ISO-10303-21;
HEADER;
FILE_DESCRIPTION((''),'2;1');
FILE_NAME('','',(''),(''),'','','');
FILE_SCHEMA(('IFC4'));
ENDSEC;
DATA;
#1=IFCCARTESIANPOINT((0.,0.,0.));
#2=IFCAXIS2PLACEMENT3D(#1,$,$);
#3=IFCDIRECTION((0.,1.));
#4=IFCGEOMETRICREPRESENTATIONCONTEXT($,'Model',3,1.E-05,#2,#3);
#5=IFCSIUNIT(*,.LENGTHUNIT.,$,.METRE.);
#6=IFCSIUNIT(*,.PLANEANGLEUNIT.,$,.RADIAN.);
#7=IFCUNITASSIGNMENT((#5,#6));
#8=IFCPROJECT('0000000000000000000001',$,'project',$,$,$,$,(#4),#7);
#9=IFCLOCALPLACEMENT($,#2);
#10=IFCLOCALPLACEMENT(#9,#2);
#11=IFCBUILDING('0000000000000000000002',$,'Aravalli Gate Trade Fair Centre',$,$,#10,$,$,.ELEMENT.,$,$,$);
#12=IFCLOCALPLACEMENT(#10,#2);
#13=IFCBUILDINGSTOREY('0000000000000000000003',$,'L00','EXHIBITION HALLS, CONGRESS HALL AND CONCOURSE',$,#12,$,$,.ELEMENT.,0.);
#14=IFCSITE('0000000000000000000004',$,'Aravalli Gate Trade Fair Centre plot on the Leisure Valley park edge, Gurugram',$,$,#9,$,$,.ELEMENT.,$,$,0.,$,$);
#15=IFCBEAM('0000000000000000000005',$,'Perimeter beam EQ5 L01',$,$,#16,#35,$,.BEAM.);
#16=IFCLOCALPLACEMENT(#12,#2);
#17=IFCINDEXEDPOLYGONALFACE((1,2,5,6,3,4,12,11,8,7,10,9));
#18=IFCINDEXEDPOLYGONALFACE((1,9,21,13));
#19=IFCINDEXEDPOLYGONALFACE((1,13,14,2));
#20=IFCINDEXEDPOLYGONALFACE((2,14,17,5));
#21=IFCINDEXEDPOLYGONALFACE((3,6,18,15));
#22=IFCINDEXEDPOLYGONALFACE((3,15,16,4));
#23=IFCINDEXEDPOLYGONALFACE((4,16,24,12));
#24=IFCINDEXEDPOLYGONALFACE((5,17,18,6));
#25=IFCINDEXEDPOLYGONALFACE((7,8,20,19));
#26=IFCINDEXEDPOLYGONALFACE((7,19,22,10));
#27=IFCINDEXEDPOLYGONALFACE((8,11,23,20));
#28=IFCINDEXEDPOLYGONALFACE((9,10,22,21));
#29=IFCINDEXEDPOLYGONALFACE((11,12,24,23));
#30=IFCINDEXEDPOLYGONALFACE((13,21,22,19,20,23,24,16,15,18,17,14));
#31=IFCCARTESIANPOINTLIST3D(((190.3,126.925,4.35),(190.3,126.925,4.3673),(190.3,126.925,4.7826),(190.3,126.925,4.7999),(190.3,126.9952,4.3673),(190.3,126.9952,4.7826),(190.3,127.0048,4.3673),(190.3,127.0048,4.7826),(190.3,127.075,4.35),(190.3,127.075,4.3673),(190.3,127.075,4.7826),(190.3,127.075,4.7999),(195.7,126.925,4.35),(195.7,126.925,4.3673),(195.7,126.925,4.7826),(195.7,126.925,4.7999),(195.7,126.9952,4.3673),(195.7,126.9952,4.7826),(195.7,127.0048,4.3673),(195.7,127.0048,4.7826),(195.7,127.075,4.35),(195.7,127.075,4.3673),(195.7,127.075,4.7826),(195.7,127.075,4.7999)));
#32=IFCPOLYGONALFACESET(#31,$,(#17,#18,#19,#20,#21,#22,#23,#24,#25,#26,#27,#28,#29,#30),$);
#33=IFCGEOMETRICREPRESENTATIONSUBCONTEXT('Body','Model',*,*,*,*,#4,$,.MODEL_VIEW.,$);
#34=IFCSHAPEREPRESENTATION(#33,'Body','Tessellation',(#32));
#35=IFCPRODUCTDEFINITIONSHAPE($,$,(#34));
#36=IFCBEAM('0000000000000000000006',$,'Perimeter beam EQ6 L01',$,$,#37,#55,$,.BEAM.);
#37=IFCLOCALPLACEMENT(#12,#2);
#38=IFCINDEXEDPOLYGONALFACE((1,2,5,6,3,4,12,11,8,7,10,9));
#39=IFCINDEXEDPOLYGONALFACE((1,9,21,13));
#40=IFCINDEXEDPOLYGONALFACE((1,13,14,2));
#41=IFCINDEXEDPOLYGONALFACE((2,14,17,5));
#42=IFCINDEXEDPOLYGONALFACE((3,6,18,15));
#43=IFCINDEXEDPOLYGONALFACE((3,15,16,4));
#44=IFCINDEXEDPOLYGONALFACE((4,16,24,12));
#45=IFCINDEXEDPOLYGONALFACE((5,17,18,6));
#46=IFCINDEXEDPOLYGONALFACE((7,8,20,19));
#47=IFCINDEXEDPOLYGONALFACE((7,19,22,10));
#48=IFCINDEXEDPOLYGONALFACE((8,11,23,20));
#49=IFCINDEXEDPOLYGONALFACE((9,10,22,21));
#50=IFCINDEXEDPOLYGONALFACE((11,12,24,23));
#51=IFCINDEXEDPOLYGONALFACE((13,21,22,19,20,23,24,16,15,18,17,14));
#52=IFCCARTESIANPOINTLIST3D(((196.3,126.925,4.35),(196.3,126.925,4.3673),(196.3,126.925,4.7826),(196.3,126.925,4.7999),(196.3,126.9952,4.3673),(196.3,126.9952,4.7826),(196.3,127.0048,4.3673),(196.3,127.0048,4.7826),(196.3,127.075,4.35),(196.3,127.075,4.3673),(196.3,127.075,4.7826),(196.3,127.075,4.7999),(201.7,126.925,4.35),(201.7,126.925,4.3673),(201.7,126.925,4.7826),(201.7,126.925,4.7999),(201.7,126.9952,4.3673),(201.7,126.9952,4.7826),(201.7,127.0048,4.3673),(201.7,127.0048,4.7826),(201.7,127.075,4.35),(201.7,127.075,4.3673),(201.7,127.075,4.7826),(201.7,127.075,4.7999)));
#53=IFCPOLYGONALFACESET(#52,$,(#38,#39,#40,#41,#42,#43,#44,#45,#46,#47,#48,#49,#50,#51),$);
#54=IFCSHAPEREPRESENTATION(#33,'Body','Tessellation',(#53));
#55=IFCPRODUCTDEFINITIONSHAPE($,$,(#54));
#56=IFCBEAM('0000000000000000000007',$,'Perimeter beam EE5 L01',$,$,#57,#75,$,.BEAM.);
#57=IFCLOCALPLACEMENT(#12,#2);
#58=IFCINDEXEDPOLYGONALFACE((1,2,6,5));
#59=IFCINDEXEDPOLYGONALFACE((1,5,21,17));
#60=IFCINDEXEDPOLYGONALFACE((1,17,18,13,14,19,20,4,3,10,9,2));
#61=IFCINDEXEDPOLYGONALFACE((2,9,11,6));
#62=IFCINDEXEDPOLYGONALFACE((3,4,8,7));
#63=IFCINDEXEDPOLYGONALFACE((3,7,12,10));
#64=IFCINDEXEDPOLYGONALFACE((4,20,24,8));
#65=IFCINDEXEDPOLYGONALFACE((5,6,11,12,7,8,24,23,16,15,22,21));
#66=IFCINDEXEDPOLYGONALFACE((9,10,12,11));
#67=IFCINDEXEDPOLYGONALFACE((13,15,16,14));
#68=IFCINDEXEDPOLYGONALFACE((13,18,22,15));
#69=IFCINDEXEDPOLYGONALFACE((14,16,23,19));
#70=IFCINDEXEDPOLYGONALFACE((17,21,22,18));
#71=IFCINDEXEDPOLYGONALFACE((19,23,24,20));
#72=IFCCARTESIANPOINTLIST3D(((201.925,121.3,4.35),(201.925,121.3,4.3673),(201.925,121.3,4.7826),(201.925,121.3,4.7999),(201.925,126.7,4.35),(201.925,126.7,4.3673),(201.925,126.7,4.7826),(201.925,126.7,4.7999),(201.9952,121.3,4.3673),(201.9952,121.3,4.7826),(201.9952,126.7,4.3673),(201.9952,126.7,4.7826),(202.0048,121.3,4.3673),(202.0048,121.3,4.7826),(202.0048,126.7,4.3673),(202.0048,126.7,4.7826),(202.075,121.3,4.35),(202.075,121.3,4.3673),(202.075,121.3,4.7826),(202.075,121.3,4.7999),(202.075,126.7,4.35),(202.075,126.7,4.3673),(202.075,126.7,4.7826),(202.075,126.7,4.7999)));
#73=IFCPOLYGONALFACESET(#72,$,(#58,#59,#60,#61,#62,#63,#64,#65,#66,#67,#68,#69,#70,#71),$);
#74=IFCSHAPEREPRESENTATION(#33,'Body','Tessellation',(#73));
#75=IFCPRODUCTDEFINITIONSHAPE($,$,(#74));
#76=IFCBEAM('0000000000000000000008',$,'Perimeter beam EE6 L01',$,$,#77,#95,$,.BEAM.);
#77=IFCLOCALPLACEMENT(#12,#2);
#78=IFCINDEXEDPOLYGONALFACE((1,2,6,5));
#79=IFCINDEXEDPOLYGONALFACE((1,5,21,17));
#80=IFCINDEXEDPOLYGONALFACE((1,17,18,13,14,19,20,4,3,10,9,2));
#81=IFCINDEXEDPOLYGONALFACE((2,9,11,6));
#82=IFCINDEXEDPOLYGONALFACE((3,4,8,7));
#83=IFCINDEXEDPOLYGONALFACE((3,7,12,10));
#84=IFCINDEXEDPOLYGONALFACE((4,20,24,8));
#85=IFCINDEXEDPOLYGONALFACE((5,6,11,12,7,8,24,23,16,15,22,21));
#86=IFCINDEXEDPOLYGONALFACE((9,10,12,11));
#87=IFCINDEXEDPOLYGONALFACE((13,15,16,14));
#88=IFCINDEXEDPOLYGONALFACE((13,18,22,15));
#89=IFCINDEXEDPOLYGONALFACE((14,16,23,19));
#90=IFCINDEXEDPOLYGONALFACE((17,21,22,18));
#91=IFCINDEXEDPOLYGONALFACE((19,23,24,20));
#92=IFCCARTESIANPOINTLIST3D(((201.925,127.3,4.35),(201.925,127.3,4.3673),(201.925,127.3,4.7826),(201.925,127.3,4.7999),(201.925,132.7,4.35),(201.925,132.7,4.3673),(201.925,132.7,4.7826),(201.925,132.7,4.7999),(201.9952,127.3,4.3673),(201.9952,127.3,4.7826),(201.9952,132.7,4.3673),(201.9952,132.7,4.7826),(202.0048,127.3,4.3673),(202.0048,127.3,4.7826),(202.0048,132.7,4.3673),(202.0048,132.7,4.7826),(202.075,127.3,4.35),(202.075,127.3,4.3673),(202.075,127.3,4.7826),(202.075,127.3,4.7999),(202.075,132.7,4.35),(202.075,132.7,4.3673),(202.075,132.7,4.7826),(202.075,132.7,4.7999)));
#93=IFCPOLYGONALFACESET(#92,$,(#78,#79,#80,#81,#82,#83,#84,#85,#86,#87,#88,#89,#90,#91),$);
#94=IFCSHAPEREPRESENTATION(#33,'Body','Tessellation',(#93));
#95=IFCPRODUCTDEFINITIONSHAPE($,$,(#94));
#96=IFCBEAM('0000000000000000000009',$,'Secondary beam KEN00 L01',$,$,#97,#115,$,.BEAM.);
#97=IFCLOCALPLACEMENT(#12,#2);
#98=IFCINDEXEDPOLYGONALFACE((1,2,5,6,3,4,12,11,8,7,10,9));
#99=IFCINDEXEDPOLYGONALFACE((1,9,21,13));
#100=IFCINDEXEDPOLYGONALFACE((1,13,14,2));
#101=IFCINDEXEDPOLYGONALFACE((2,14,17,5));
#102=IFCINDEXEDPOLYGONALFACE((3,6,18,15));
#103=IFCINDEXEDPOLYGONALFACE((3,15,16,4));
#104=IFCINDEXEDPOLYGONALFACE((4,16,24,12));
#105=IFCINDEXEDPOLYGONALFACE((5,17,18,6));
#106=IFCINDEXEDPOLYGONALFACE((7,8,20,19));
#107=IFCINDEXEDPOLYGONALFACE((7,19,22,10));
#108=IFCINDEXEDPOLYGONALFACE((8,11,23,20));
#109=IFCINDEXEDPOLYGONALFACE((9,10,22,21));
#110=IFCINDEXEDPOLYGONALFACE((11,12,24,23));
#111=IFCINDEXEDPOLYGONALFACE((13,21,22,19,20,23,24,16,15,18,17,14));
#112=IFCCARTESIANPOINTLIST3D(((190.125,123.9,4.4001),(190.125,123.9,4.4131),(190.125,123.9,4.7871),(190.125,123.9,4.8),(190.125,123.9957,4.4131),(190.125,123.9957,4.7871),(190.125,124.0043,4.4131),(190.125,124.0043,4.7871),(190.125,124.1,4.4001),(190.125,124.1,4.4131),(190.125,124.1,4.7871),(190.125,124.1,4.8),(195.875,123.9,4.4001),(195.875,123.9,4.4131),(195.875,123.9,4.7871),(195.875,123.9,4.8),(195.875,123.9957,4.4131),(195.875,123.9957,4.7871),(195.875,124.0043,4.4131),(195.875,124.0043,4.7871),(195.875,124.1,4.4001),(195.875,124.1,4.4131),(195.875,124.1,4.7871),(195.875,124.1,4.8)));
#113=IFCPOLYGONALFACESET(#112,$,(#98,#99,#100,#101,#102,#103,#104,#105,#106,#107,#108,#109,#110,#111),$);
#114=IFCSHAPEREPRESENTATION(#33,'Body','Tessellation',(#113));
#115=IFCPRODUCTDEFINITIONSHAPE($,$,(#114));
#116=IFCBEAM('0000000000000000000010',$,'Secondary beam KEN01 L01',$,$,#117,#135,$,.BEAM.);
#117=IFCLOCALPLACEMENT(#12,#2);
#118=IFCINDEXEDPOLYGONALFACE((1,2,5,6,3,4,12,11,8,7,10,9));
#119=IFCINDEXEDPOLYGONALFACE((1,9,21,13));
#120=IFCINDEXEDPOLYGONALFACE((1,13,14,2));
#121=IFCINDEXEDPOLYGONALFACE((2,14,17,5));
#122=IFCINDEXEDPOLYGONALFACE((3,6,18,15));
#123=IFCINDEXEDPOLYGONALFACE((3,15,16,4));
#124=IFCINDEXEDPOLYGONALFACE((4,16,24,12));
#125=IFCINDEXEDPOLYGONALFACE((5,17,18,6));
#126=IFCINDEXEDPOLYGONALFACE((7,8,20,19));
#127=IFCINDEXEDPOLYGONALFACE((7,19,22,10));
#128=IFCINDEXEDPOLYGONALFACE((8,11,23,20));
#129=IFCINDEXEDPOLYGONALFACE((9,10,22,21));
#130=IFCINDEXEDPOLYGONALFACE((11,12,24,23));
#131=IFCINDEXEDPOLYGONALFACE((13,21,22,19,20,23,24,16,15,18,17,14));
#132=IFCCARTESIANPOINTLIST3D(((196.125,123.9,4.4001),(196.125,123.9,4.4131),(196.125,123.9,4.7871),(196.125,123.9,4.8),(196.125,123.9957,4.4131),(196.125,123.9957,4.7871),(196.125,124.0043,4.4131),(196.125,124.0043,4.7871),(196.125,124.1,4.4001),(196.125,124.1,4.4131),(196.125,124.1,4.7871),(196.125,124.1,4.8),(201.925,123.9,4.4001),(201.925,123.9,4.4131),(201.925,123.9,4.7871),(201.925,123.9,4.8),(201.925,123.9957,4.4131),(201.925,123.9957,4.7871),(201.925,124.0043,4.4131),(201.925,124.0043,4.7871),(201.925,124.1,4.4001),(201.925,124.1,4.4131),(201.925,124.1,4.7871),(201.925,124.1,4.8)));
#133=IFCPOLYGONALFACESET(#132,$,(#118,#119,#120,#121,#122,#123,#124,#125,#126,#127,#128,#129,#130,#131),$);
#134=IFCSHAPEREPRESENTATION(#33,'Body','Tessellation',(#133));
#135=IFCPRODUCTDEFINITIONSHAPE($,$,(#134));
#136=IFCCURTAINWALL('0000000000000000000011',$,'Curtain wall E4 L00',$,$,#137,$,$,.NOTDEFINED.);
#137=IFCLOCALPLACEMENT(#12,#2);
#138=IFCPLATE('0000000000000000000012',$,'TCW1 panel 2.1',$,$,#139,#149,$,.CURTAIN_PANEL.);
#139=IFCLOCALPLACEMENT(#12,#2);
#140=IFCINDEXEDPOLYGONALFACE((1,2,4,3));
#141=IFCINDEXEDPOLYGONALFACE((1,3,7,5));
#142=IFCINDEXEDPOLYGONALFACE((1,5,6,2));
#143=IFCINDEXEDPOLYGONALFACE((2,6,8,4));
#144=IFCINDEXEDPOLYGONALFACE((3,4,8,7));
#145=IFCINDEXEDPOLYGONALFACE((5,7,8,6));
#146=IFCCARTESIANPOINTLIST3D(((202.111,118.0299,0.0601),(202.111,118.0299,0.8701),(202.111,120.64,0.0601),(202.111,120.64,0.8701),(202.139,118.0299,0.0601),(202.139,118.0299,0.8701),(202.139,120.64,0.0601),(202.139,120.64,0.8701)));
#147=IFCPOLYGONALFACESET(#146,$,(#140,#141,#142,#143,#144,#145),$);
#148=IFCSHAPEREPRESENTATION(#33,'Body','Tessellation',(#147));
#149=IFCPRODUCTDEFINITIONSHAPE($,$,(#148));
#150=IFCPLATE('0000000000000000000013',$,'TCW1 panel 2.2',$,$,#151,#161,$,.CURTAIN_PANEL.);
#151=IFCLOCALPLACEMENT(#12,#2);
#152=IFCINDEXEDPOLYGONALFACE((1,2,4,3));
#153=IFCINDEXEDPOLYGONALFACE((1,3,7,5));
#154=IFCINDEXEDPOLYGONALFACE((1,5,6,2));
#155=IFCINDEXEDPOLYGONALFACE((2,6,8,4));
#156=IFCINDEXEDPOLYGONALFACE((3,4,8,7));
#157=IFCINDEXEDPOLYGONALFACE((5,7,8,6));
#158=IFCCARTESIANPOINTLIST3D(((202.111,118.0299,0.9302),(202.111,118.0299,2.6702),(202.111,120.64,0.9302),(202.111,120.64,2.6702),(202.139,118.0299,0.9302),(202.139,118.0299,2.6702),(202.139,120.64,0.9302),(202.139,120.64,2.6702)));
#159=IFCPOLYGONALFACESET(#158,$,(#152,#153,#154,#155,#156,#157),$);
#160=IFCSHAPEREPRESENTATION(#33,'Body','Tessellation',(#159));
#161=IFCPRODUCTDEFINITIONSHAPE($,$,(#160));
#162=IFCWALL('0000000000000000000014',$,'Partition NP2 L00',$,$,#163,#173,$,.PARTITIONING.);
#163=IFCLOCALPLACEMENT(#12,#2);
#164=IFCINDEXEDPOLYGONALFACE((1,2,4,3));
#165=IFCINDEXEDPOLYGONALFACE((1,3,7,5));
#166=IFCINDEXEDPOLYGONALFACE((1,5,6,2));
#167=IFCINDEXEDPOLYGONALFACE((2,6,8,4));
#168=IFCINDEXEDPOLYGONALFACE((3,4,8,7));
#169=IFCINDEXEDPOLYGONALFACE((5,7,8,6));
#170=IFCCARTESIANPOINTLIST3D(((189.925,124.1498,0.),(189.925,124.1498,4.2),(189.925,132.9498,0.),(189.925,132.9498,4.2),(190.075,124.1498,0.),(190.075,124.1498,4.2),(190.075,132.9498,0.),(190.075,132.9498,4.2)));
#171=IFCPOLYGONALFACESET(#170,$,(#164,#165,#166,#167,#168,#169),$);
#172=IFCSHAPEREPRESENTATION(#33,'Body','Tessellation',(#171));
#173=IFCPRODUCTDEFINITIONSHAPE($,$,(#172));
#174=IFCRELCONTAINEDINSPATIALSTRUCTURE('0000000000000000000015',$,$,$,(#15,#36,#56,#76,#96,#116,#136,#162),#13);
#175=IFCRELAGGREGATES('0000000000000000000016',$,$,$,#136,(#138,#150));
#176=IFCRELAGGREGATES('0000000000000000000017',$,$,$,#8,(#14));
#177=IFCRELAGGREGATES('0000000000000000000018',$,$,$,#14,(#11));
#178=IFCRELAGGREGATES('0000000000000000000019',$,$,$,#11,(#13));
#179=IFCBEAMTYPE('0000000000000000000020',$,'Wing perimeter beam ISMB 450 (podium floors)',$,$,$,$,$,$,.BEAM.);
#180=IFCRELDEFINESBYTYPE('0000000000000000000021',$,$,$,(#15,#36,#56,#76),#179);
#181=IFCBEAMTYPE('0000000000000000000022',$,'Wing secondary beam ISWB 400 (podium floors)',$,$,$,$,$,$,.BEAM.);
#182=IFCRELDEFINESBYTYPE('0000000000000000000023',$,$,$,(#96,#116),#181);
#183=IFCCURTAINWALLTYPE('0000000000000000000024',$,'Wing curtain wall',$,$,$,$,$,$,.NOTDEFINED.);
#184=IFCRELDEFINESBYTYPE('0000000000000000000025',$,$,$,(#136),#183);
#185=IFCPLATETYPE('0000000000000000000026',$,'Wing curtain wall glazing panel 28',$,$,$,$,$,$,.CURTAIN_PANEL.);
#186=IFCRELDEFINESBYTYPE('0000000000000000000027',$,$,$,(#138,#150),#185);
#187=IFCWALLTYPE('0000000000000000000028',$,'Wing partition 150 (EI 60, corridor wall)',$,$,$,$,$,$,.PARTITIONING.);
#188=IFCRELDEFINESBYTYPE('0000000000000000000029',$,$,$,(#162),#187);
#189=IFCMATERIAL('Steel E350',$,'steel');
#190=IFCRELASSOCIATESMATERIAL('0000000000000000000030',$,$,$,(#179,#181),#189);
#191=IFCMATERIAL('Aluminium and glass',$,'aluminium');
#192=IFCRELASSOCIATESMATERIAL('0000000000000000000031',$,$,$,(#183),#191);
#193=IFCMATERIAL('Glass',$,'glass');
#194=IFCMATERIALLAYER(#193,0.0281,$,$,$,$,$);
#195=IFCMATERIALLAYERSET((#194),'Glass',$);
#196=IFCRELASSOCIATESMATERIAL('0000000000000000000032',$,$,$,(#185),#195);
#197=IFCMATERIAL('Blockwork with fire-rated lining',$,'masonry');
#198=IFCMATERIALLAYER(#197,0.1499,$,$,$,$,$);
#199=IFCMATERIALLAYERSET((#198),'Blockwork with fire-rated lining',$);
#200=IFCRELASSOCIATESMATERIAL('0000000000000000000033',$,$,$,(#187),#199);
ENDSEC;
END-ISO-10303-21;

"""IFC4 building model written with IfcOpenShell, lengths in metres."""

from ifc_helpers import new_model, si_unit, direction, frame, frame_2d, origin, origin_2d, place, context, subcontext, project, spatial, rectangle, i_section, extrude, material, layer, layer_set, material_profile, profile_set, type_object, element, aggregate, save


model = new_model("IFC4")

# Units and contexts
model_context = context("Model", 3, precision=1e-05, world=origin(), true_north=direction((0.0, 1.0)))
body_context = subcontext(model_context, "Body", "Model", "MODEL_VIEW")
ifc_project = project(units=[si_unit("LENGTHUNIT", "METRE"), si_unit("PLANEANGLEUNIT", "RADIAN")], contexts=[model_context])

# Site, building, storey
site_placement = place(None, origin())
site = spatial("IfcSite", under=ifc_project, at=site_placement, Name="Aravalli Gate Trade Fair Centre plot on the Leisure Valley park edge, Gurugram", CompositionType="ELEMENT", RefElevation=0.0)
building_placement = place(site_placement, origin())
building = spatial("IfcBuilding", under=site, at=building_placement, Name="Aravalli Gate Trade Fair Centre", CompositionType="ELEMENT")
storey_placement = place(building_placement, origin())
storey = spatial("IfcBuildingStorey", under=building, at=storey_placement, Name="L00", Description="EXHIBITION HALLS, CONGRESS HALL AND CONCOURSE", CompositionType="ELEMENT", Elevation=0.0)

# Shared definitions
ifc_material_1 = material(Name="Steel E350", Category="steel")

# Beams
ifc_material_profile_1 = material_profile(ifc_material_1, i_section(OverallWidth=0.1499, OverallDepth=0.45, WebThickness=0.0095, FlangeThickness=0.0173, at=origin_2d()), Name="ISMB 450")
ifc_profile_set_1 = profile_set([ifc_material_profile_1], Name="Steel E350")
beam_type_1 = type_object("IfcBeamType", Name="Wing perimeter beam ISMB 450 (podium floors)", PredefinedType="BEAM", material=ifc_profile_set_1)
for number, where, z_axis, x_axis, name in (
    (1, (190.3, 127.0, 4.575), (1.0, 0.0, 0.0), (0.0, 1.0, 0.0), "Perimeter beam EQ5 L01"),
    (2, (196.3, 127.0, 4.575), (1.0, 0.0, 0.0), (0.0, 1.0, 0.0), "Perimeter beam EQ6 L01"),
    (3, (202.0, 121.3, 4.575), (0.0, 1.0, 0.0), (-1.0, 0.0, 0.0), "Perimeter beam EE5 L01"),
    (4, (202.0, 127.3, 4.575), (0.0, 1.0, 0.0), (-1.0, 0.0, 0.0), "Perimeter beam EE6 L01"),
):
    element("IfcBeam", number, at=place(storey_placement, frame(where, z_axis=z_axis, x_axis=x_axis)), inside=storey, type_object=beam_type_1, Name=name, PredefinedType="BEAM", context=body_context, shape_type="SweptSolid", body=[
        extrude(i_section(OverallWidth=0.1499, OverallDepth=0.45, WebThickness=0.0095, FlangeThickness=0.0173, at=origin_2d()), origin(), (0.0, 0.0, 1.0), 5.3999),
    ])
ifc_material_profile_2 = material_profile(ifc_material_1, i_section(OverallWidth=0.2, OverallDepth=0.3999, WebThickness=0.0085, FlangeThickness=0.0129, at=origin_2d()), Name="ISWB 400")
ifc_profile_set_2 = profile_set([ifc_material_profile_2], Name="Steel E350")
beam_type_2 = type_object("IfcBeamType", Name="Wing secondary beam ISWB 400 (podium floors)", PredefinedType="BEAM", material=ifc_profile_set_2)
beam_1_placement = place(storey_placement, frame((190.125, 124.0, 4.6001), z_axis=(1.0, 0.0, 0.0), x_axis=(0.0, 1.0, 0.0)))
element("IfcBeam", 5, at=beam_1_placement, inside=storey, type_object=beam_type_2, Name="Secondary beam KEN00 L01", PredefinedType="BEAM", context=body_context, shape_type="SweptSolid", body=[
    extrude(i_section(OverallWidth=0.2, OverallDepth=0.3999, WebThickness=0.0085, FlangeThickness=0.0129, at=origin_2d()), origin(), (0.0, 0.0, 1.0), 5.75),
])
beam_2_placement = place(storey_placement, frame((196.125, 124.0, 4.6001), z_axis=(1.0, 0.0, 0.0), x_axis=(0.0, 1.0, 0.0)))
element("IfcBeam", 6, at=beam_2_placement, inside=storey, type_object=beam_type_2, Name="Secondary beam KEN01 L01", PredefinedType="BEAM", context=body_context, shape_type="SweptSolid", body=[
    extrude(i_section(OverallWidth=0.2, OverallDepth=0.3999, WebThickness=0.0085, FlangeThickness=0.0129, at=origin_2d()), origin(), (0.0, 0.0, 1.0), 5.8),
])

# Curtain wall, plates
ifc_material_2 = material(Name="Aluminium and glass", Category="aluminium")
curtain_wall_type = type_object("IfcCurtainWallType", Name="Wing curtain wall", PredefinedType="NOTDEFINED", material=ifc_material_2)
curtain_wall_placement = place(storey_placement, origin())
curtain_wall = element("IfcCurtainWall", 7, at=curtain_wall_placement, inside=storey, type_object=curtain_wall_type, Name="Curtain wall E4 L00", PredefinedType="NOTDEFINED")
ifc_material_3 = material(Name="Glass", Category="glass")
ifc_layer_1 = layer(ifc_material_3, 0.0281)
ifc_layer_set_1 = layer_set([ifc_layer_1], Name="Glass")
plate_type = type_object("IfcPlateType", Name="Wing curtain wall glazing panel 28", PredefinedType="CURTAIN_PANEL", material=ifc_layer_set_1)
plate_1_placement = place(storey_placement, frame((202.125, 119.335, 0.0601), z_axis=(0.0, 0.0, 1.0), x_axis=(0.0, 1.0, 0.0)))
plate_1 = element("IfcPlate", 8, at=plate_1_placement, type_object=plate_type, Name="TCW1 panel 2.1", PredefinedType="CURTAIN_PANEL", context=body_context, shape_type="SweptSolid", body=[
    extrude(rectangle(XDim=2.6101, YDim=0.0281, at=origin_2d()), origin(), (0.0, 0.0, 1.0), 0.8101),
])
plate_2_placement = place(storey_placement, frame((202.125, 119.335, 0.9302), z_axis=(0.0, 0.0, 1.0), x_axis=(0.0, 1.0, 0.0)))
plate_2 = element("IfcPlate", 9, at=plate_2_placement, type_object=plate_type, Name="TCW1 panel 2.2", PredefinedType="CURTAIN_PANEL", context=body_context, shape_type="SweptSolid", body=[
    extrude(rectangle(XDim=2.6101, YDim=0.0281, at=origin_2d()), origin(), (0.0, 0.0, 1.0), 1.74),
])
aggregate(curtain_wall, [plate_1, plate_2])

# Wall
ifc_material_4 = material(Name="Blockwork with fire-rated lining", Category="masonry")
ifc_layer_2 = layer(ifc_material_4, 0.1499)
ifc_layer_set_2 = layer_set([ifc_layer_2], Name="Blockwork with fire-rated lining")
wall_type = type_object("IfcWallType", Name="Wing partition 150 (EI 60, corridor wall)", PredefinedType="PARTITIONING", material=ifc_layer_set_2)
wall_1_placement = place(storey_placement, frame((190.0, 124.1499, 0.0), z_axis=(0.0, 0.0, 1.0), x_axis=(0.0, 1.0, 0.0)))
element("IfcWall", 10, at=wall_1_placement, inside=storey, type_object=wall_type, Name="Partition NP2 L00", PredefinedType="PARTITIONING", context=body_context, shape_type="SweptSolid", body=[
    extrude(rectangle(XDim=8.8, YDim=0.1499, at=frame_2d((4.3999, 0.0))), origin(), (0.0, 0.0, 1.0), 4.2),
])

save(model, "model.ifc")
